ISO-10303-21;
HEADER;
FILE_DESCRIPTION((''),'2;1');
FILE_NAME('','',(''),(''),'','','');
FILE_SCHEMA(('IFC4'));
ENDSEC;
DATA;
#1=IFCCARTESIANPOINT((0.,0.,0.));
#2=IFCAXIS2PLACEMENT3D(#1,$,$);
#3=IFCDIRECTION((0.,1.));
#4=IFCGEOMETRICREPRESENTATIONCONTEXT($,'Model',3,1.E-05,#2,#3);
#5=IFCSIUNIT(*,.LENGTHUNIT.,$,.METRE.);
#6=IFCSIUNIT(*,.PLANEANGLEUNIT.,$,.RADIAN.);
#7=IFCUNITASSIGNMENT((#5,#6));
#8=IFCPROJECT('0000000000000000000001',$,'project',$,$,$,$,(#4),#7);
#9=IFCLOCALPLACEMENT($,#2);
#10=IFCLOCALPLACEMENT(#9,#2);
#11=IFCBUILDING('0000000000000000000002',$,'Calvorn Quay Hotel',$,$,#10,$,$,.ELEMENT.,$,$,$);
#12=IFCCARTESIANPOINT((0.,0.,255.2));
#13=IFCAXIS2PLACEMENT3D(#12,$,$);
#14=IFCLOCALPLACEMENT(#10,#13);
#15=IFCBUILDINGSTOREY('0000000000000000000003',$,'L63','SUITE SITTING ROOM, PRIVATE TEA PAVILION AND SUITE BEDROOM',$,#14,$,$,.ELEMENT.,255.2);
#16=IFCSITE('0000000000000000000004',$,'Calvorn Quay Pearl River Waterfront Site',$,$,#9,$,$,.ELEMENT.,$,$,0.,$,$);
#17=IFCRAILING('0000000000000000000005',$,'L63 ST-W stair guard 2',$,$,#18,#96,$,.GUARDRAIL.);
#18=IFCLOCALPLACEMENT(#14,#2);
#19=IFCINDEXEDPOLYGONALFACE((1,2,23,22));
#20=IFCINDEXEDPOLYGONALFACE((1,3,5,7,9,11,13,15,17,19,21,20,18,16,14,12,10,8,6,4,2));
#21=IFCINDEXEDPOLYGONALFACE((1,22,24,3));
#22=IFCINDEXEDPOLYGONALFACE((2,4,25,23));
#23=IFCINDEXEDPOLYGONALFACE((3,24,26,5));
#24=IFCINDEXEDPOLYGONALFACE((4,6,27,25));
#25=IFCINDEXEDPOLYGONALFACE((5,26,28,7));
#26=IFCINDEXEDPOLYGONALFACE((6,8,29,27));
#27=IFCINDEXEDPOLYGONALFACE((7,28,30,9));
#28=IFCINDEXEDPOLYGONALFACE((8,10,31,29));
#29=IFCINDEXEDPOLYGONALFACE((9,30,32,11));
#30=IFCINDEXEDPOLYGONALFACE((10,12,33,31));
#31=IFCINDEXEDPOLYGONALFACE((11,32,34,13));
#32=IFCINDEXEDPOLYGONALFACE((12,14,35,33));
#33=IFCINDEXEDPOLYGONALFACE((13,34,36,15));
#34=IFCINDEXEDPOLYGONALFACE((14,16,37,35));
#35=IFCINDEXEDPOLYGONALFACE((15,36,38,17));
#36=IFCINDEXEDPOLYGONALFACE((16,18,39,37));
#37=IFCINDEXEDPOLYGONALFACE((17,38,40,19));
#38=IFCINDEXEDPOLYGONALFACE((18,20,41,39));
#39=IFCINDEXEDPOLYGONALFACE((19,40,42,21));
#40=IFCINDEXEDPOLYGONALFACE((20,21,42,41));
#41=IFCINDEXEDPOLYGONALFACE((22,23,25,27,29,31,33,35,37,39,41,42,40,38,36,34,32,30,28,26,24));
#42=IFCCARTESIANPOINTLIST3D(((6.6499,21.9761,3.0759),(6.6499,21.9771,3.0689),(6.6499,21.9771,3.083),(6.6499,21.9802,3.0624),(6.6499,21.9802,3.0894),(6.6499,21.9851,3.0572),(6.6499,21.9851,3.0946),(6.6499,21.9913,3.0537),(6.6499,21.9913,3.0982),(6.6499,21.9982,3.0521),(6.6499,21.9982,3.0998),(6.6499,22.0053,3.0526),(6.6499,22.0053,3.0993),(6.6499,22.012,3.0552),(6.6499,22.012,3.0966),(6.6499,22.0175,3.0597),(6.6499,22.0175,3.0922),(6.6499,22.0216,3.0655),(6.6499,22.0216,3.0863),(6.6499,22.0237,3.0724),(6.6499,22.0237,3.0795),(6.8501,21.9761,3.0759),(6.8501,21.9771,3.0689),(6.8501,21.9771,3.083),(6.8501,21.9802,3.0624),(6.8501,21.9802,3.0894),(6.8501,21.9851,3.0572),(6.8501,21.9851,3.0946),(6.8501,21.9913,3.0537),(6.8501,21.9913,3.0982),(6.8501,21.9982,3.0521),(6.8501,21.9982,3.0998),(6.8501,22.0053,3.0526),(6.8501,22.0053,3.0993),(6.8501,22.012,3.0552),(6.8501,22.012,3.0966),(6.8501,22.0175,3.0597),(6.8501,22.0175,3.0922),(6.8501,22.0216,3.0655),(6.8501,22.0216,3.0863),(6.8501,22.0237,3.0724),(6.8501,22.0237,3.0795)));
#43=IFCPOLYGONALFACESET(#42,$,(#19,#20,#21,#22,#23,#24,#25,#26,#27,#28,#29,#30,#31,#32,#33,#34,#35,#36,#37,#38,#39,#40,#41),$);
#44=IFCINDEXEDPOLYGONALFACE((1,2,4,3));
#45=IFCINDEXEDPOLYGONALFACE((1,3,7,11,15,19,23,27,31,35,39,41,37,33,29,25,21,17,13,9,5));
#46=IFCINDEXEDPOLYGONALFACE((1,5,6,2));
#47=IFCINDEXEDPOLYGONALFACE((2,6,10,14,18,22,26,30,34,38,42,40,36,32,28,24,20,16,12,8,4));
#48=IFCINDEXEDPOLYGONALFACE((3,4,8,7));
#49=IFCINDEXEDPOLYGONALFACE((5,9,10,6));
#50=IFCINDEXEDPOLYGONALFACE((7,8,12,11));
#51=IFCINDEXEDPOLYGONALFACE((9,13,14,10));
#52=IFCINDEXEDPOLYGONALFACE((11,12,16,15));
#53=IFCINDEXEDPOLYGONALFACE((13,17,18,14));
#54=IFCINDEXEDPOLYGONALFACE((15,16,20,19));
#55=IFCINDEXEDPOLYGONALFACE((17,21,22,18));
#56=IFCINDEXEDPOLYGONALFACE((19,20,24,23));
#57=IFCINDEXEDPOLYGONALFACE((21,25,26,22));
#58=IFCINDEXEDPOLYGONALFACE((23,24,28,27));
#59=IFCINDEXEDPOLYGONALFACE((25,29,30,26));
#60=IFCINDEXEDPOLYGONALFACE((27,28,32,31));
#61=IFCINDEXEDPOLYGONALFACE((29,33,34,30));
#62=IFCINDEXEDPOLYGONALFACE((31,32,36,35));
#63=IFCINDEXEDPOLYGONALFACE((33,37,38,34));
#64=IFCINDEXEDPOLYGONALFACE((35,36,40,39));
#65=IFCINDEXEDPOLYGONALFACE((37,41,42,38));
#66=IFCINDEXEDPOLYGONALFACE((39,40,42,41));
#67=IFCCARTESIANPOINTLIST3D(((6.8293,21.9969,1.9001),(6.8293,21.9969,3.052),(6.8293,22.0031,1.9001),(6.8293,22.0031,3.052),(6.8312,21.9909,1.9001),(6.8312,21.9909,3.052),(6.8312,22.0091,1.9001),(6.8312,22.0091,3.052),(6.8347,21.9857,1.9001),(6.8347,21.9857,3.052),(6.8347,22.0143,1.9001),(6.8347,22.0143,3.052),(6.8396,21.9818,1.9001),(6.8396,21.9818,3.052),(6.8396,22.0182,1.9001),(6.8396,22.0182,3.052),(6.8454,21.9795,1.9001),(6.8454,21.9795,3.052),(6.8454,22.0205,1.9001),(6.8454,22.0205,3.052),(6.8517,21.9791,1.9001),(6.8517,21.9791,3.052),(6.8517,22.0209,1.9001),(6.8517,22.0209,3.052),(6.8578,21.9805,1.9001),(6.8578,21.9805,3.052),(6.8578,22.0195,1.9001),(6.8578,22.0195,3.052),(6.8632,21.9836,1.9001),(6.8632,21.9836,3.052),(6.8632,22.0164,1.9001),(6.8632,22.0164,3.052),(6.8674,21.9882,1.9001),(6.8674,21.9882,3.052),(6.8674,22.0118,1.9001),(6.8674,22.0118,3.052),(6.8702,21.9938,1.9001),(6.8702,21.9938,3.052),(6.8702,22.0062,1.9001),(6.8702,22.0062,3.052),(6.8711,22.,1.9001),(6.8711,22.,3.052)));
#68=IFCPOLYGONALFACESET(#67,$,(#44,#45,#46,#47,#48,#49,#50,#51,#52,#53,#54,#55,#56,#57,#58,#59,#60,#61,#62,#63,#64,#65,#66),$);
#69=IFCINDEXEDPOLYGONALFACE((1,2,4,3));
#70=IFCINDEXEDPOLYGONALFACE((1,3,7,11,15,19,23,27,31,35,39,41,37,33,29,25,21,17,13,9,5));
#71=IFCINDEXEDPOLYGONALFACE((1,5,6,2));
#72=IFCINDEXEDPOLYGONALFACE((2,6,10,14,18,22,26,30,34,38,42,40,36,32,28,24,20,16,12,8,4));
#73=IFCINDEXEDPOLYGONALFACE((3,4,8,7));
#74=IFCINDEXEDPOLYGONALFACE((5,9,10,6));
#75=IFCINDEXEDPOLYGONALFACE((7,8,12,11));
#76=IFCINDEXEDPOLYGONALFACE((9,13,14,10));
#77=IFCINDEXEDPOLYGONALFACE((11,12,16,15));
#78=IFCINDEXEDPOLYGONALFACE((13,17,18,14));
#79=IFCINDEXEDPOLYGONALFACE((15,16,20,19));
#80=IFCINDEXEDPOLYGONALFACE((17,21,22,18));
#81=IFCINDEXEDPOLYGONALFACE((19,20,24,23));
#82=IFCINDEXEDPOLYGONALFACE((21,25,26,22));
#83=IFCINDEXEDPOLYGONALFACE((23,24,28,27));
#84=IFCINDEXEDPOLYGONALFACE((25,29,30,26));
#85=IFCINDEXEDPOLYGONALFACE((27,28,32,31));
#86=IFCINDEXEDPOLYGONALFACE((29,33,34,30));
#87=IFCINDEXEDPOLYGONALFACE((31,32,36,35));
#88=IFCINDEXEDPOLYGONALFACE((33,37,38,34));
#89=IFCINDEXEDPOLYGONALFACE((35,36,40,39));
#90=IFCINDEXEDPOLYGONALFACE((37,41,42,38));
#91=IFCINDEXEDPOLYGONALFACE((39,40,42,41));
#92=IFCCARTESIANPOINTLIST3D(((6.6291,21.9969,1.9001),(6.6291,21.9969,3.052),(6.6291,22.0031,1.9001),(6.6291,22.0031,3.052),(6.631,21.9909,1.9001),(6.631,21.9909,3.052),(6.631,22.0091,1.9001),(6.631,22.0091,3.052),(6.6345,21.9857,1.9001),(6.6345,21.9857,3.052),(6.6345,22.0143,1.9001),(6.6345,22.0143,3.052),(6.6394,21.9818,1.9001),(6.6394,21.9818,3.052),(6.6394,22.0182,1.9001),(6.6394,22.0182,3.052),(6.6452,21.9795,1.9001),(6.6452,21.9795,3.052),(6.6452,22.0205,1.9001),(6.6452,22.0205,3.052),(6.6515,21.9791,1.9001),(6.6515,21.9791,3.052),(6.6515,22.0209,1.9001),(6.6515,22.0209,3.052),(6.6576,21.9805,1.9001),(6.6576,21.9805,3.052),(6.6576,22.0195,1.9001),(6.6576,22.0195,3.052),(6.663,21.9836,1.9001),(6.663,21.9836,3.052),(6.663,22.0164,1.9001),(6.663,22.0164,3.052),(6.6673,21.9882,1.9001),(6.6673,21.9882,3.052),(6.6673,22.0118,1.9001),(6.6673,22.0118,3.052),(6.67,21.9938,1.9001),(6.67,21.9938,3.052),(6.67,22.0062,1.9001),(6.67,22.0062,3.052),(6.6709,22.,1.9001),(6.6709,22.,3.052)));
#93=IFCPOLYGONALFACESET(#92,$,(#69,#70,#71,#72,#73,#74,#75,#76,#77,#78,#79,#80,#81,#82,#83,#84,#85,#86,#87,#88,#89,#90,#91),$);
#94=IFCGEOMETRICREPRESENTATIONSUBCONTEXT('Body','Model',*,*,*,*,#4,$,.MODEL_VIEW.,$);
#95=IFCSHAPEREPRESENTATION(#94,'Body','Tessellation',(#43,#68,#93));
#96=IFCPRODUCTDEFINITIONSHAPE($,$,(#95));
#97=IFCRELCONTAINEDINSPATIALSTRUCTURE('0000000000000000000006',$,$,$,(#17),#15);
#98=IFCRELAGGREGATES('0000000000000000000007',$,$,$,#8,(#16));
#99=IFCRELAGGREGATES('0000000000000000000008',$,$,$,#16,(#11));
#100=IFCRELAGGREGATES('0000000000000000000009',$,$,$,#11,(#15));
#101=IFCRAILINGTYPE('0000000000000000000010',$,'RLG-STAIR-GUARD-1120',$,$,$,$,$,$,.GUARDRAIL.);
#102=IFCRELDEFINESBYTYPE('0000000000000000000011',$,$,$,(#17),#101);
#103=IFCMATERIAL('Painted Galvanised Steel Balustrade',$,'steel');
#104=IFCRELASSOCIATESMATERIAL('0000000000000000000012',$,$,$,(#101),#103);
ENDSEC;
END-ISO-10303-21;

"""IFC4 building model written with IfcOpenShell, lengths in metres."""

from ifc_helpers import new_model, si_unit, direction, frame, origin, origin_2d, place, context, subcontext, project, spatial, circle, extrude, material, type_object, element, save


model = new_model("IFC4")

# Units and contexts
model_context = context("Model", 3, precision=1e-05, world=origin(), true_north=direction((0.0, 1.0)))
body_context = subcontext(model_context, "Body", "Model", "MODEL_VIEW")
ifc_project = project(units=[si_unit("LENGTHUNIT", "METRE"), si_unit("PLANEANGLEUNIT", "RADIAN")], contexts=[model_context])

# Site, building, storey
site_placement = place(None, origin())
site = spatial("IfcSite", under=ifc_project, at=site_placement, Name="Calvorn Quay Pearl River Waterfront Site", CompositionType="ELEMENT", RefElevation=0.0)
building_placement = place(site_placement, origin())
building = spatial("IfcBuilding", under=site, at=building_placement, Name="Calvorn Quay Hotel", CompositionType="ELEMENT")
storey_placement = place(building_placement, frame((0.0, 0.0, 255.2)))
storey = spatial("IfcBuildingStorey", under=building, at=storey_placement, Name="L63", Description="SUITE SITTING ROOM, PRIVATE TEA PAVILION AND SUITE BEDROOM", CompositionType="ELEMENT", Elevation=255.2)

# Railing
ifc_material_1 = material(Name="Painted Galvanised Steel Balustrade", Category="steel")
railing_type_1 = type_object("IfcRailingType", Name="RLG-STAIR-GUARD-1120", PredefinedType="GUARDRAIL", material=ifc_material_1)
railing_1_placement = place(storey_placement, frame((6.8501, 22.0, 1.9001)))
element("IfcRailing", 1, at=railing_1_placement, inside=storey, type_object=railing_type_1, Name="L63 ST-W stair guard 2", PredefinedType="GUARDRAIL", context=body_context, shape_type="SweptSolid", body=[
    extrude(circle(Radius=0.0239, at=origin_2d()), frame((0.0, 0.0, 1.1758), z_axis=(-1.0, 0.0, 0.0), x_axis=(0.0, -1.0, 0.0)), (0.0, 0.0, 1.0), 0.2002),
    extrude(circle(Radius=0.021, at=origin_2d()), origin(), (0.0, 0.0, 1.0), 1.1519),
    extrude(circle(Radius=0.021, at=origin_2d()), frame((-0.2002, 0.0, 0.0)), (0.0, 0.0, 1.0), 1.1519),
])

save(model, "model.ifc")
